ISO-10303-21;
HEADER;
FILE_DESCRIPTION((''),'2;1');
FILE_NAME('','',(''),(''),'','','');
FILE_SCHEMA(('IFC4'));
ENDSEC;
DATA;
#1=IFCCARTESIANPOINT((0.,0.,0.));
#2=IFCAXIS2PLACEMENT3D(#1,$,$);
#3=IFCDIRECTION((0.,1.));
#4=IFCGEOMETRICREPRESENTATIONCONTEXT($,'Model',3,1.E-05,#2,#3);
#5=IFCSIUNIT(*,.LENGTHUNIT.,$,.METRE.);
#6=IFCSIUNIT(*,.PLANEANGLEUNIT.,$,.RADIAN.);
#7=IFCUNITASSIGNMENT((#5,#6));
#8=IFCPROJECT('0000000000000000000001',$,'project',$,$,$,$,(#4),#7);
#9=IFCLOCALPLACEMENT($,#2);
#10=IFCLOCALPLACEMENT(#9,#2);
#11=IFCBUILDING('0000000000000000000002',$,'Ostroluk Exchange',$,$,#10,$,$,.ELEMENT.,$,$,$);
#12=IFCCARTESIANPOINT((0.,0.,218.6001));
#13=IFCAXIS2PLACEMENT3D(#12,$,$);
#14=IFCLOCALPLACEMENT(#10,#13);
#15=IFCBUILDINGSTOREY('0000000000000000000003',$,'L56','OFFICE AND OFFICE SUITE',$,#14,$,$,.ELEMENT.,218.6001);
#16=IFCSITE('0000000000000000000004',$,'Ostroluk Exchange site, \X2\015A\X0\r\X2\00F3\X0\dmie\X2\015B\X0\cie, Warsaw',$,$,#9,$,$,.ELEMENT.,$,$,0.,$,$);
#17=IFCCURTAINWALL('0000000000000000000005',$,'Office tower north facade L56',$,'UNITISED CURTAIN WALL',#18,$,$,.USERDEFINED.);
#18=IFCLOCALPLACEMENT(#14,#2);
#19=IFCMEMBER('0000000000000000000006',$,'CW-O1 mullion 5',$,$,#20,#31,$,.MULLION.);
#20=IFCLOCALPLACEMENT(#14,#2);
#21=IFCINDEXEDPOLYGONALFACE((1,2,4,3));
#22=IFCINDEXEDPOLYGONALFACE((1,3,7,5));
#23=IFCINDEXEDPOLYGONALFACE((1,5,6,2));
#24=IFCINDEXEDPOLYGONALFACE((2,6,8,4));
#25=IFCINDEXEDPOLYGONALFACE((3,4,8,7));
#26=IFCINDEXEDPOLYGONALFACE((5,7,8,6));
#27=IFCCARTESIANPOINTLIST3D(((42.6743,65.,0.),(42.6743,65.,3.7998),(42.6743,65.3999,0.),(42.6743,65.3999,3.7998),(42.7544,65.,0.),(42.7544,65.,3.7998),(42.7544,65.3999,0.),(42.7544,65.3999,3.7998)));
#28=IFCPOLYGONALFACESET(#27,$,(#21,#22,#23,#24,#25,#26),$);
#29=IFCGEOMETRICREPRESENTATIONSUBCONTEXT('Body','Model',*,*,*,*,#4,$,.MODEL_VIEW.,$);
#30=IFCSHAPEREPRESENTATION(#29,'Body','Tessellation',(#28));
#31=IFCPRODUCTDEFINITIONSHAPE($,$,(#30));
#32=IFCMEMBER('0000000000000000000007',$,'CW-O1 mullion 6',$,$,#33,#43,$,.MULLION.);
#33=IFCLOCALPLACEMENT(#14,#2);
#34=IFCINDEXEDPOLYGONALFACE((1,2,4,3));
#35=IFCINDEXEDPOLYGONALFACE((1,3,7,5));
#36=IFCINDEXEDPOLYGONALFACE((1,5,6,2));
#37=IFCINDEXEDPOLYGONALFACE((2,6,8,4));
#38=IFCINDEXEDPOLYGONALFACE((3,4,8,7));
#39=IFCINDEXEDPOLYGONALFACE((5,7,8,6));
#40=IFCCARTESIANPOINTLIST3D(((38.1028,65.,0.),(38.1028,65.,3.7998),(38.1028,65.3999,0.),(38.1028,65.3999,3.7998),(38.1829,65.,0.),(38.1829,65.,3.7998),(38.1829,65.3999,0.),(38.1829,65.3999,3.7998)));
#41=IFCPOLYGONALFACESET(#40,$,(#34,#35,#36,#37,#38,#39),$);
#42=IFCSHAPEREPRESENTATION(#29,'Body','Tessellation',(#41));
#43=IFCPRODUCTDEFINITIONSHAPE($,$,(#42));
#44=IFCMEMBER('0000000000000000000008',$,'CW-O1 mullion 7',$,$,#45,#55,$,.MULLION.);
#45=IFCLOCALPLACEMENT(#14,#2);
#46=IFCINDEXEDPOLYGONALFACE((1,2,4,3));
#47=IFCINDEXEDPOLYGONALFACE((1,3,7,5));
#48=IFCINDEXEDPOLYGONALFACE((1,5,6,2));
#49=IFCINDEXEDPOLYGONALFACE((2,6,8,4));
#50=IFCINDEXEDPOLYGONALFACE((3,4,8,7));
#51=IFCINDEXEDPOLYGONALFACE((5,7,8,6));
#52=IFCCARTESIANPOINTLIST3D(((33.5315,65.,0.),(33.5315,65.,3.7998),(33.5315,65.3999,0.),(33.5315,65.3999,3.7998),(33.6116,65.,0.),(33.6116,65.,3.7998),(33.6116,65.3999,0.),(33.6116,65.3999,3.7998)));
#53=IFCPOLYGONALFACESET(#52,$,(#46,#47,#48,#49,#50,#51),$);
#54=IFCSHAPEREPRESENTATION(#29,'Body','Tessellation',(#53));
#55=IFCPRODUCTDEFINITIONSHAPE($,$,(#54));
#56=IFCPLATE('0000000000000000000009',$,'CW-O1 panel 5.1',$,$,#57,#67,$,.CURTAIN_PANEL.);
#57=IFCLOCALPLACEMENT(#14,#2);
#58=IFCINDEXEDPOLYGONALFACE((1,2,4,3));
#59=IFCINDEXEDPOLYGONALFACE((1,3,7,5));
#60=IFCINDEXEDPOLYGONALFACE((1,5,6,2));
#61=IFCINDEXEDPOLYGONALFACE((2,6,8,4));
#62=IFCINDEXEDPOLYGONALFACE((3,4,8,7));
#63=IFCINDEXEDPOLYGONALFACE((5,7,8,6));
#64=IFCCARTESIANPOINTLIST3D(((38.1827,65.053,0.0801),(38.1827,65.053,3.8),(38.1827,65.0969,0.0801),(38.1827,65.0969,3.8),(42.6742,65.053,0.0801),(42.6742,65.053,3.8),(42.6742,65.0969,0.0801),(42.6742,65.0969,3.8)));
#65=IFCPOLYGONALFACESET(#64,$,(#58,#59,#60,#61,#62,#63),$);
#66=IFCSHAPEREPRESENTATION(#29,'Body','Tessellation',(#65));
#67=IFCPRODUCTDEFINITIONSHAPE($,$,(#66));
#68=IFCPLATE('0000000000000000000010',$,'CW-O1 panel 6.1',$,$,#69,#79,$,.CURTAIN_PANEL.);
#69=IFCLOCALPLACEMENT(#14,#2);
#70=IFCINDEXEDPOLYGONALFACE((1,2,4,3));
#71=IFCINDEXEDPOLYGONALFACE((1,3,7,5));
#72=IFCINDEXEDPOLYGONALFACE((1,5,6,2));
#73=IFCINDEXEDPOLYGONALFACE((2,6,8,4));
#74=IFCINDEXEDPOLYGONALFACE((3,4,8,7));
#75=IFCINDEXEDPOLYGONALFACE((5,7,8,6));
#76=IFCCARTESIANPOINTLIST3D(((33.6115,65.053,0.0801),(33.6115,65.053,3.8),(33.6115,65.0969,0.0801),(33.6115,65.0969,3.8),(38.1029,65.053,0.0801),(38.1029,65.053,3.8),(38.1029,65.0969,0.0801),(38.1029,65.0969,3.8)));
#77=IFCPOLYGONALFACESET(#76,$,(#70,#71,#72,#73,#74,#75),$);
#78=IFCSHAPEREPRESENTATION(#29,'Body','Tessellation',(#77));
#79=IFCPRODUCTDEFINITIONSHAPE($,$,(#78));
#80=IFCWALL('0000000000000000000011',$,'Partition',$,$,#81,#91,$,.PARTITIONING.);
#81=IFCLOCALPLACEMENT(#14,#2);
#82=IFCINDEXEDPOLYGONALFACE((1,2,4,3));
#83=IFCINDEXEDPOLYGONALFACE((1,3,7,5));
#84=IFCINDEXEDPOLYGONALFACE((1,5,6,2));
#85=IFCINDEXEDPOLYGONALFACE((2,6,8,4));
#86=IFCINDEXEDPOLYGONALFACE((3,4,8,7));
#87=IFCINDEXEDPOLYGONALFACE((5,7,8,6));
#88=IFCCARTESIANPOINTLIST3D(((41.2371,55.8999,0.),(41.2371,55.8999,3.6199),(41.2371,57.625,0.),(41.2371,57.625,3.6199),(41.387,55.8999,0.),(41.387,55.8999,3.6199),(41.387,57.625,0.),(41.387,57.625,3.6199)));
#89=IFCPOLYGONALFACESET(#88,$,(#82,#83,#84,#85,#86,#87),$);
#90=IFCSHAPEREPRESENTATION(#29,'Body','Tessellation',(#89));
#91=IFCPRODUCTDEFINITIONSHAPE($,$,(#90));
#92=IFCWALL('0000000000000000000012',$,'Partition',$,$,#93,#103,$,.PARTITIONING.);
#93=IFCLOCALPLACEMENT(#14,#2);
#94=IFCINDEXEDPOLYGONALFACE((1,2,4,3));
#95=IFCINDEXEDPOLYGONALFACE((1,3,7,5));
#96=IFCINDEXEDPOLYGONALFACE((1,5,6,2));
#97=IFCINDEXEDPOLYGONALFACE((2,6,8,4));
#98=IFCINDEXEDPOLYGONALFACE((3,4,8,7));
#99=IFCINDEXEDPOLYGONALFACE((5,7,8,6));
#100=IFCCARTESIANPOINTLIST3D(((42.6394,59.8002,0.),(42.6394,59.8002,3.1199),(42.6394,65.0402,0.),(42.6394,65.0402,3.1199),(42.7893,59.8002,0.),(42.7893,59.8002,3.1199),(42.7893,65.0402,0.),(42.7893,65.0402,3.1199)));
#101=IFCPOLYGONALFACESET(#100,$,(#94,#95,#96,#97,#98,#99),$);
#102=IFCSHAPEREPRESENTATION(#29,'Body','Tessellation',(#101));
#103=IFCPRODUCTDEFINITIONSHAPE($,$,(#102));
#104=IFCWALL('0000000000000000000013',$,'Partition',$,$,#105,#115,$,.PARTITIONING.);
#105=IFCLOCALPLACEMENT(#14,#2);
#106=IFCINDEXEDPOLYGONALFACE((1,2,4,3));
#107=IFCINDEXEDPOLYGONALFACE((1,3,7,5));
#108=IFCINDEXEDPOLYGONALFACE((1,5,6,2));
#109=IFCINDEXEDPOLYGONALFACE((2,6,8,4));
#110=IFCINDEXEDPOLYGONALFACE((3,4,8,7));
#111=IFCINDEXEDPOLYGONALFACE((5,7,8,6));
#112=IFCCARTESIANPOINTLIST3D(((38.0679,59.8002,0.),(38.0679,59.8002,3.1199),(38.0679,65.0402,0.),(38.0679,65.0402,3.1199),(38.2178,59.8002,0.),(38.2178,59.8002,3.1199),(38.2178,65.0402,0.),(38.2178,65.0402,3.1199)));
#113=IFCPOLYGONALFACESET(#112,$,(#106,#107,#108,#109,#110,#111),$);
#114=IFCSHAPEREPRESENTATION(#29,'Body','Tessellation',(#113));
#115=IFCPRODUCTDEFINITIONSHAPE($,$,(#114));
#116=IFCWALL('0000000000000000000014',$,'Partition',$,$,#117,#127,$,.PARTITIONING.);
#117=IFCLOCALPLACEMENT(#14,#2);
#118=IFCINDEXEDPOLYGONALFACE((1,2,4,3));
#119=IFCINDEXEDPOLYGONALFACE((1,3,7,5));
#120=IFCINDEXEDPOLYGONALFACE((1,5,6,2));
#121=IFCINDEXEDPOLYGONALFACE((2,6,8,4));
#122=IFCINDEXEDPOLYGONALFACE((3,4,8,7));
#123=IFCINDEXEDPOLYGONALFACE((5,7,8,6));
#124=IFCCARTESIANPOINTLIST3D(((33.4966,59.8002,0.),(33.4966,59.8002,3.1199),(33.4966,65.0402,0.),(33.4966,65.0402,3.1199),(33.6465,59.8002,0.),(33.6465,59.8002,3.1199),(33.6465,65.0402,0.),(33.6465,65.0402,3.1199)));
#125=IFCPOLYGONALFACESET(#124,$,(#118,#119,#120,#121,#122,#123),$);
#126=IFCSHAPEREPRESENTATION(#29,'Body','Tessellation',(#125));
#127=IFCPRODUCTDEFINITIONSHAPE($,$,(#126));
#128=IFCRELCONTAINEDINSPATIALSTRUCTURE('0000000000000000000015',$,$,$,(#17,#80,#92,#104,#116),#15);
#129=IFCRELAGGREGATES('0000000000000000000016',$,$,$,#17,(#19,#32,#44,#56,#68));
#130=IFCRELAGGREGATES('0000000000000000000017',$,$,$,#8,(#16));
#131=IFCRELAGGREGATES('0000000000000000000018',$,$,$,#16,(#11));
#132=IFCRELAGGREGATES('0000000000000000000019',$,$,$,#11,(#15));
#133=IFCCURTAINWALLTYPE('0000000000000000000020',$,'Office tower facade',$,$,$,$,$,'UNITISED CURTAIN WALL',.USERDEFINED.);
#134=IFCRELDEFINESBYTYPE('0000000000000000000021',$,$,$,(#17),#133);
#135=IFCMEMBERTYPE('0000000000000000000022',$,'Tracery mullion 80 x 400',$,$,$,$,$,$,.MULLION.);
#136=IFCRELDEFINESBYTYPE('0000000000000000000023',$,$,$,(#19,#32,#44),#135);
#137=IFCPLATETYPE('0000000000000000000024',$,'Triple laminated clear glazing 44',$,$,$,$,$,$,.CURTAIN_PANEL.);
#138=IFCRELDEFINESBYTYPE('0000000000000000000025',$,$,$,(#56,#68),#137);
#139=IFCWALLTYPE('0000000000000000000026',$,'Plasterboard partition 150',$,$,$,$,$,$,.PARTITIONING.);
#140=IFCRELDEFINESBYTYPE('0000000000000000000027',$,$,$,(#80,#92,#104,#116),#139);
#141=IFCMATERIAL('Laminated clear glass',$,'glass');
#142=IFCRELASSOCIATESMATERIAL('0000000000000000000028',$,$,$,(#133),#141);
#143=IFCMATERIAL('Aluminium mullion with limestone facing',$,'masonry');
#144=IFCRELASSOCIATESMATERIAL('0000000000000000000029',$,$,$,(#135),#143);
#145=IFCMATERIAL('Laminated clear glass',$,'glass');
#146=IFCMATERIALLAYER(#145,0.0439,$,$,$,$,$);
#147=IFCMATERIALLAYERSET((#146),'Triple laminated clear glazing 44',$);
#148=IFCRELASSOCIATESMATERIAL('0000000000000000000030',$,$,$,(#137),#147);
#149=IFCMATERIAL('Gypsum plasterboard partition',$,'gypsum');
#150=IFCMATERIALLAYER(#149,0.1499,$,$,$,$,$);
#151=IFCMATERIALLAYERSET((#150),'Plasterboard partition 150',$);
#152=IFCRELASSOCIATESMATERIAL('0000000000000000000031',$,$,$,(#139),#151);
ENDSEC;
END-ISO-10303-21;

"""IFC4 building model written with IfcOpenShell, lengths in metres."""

from ifc_helpers import new_model, si_unit, direction, frame, frame_2d, origin, origin_2d, place, context, subcontext, project, spatial, rectangle, extrude, material, layer, layer_set, material_profile, profile_set, type_object, element, aggregate, save


model = new_model("IFC4")

# Units and contexts
model_context = context("Model", 3, precision=1e-05, world=origin(), true_north=direction((0.0, 1.0)))
body_context = subcontext(model_context, "Body", "Model", "MODEL_VIEW")
ifc_project = project(units=[si_unit("LENGTHUNIT", "METRE"), si_unit("PLANEANGLEUNIT", "RADIAN")], contexts=[model_context])

# Site, building, storey
site_placement = place(None, origin())
site = spatial("IfcSite", under=ifc_project, at=site_placement, Name="Ostroluk Exchange site, Śródmieście, Warsaw", CompositionType="ELEMENT", RefElevation=0.0)
building_placement = place(site_placement, origin())
building = spatial("IfcBuilding", under=site, at=building_placement, Name="Ostroluk Exchange", CompositionType="ELEMENT")
storey_placement = place(building_placement, frame((0.0, 0.0, 218.6001)))
storey = spatial("IfcBuildingStorey", under=building, at=storey_placement, Name="L56", Description="OFFICE AND OFFICE SUITE", CompositionType="ELEMENT", Elevation=218.6001)

# Curtain wall, members, plates
ifc_material_1 = material(Name="Laminated clear glass", Category="glass")
curtain_wall_type = type_object("IfcCurtainWallType", Name="Office tower facade", ElementType="UNITISED CURTAIN WALL", PredefinedType="USERDEFINED", material=ifc_material_1)
curtain_wall_placement = place(storey_placement, origin())
curtain_wall = element("IfcCurtainWall", 1, at=curtain_wall_placement, inside=storey, type_object=curtain_wall_type, Name="Office tower north facade L56", ObjectType="UNITISED CURTAIN WALL", PredefinedType="USERDEFINED")
ifc_material_2 = material(Name="Aluminium mullion with limestone facing", Category="masonry")
ifc_material_profile_1 = material_profile(ifc_material_2, rectangle(XDim=0.3999, YDim=0.0801, at=origin_2d()), Name="Tracery mullion 80 x 400")
ifc_profile_set_1 = profile_set([ifc_material_profile_1], Name="Aluminium mullion with limestone facing")
member_type_1 = type_object("IfcMemberType", Name="Tracery mullion 80 x 400", PredefinedType="MULLION", material=ifc_profile_set_1)
member_1_placement = place(storey_placement, frame((42.7144, 65.2, 0.0), z_axis=(0.0, 0.0, 1.0), x_axis=(0.0, -1.0, 0.0)))
member_1 = element("IfcMember", 2, at=member_1_placement, type_object=member_type_1, Name="CW-O1 mullion 5", PredefinedType="MULLION", context=body_context, shape_type="SweptSolid", body=[
    extrude(rectangle(XDim=0.3999, YDim=0.0801, at=origin_2d()), origin(), (0.0, 0.0, 1.0), 3.7998),
])
member_2_placement = place(storey_placement, frame((38.1428, 65.2, 0.0), z_axis=(0.0, 0.0, 1.0), x_axis=(0.0, -1.0, 0.0)))
member_2 = element("IfcMember", 3, at=member_2_placement, type_object=member_type_1, Name="CW-O1 mullion 6", PredefinedType="MULLION", context=body_context, shape_type="SweptSolid", body=[
    extrude(rectangle(XDim=0.3999, YDim=0.0801, at=origin_2d()), origin(), (0.0, 0.0, 1.0), 3.7998),
])
member_3_placement = place(storey_placement, frame((33.5715, 65.2, 0.0), z_axis=(0.0, 0.0, 1.0), x_axis=(0.0, -1.0, 0.0)))
member_3 = element("IfcMember", 4, at=member_3_placement, type_object=member_type_1, Name="CW-O1 mullion 7", PredefinedType="MULLION", context=body_context, shape_type="SweptSolid", body=[
    extrude(rectangle(XDim=0.3999, YDim=0.0801, at=origin_2d()), origin(), (0.0, 0.0, 1.0), 3.7998),
])
ifc_material_3 = material(Name="Laminated clear glass", Category="glass")
ifc_layer_1 = layer(ifc_material_3, 0.0439)
ifc_layer_set_1 = layer_set([ifc_layer_1], Name="Triple laminated clear glazing 44")
plate_type = type_object("IfcPlateType", Name="Triple laminated clear glazing 44", PredefinedType="CURTAIN_PANEL", material=ifc_layer_set_1)
plate_1_placement = place(storey_placement, frame((40.4285, 65.075, 0.0801), z_axis=(0.0, 0.0, 1.0), x_axis=(-1.0, 0.0, 0.0)))
plate_1 = element("IfcPlate", 5, at=plate_1_placement, type_object=plate_type, Name="CW-O1 panel 5.1", PredefinedType="CURTAIN_PANEL", context=body_context, shape_type="SweptSolid", body=[
    extrude(rectangle(XDim=4.4915, YDim=0.0439, at=origin_2d()), origin(), (0.0, 0.0, 1.0), 3.72),
])
plate_2_placement = place(storey_placement, frame((35.8572, 65.075, 0.0801), z_axis=(0.0, 0.0, 1.0), x_axis=(-1.0, 0.0, 0.0)))
plate_2 = element("IfcPlate", 6, at=plate_2_placement, type_object=plate_type, Name="CW-O1 panel 6.1", PredefinedType="CURTAIN_PANEL", context=body_context, shape_type="SweptSolid", body=[
    extrude(rectangle(XDim=4.4915, YDim=0.0439, at=origin_2d()), origin(), (0.0, 0.0, 1.0), 3.72),
])
aggregate(curtain_wall, [member_1, member_2, member_3, plate_1, plate_2])

# Walls
ifc_material_4 = material(Name="Gypsum plasterboard partition", Category="gypsum")
ifc_layer_2 = layer(ifc_material_4, 0.1499)
ifc_layer_set_2 = layer_set([ifc_layer_2], Name="Plasterboard partition 150")
wall_type = type_object("IfcWallType", Name="Plasterboard partition 150", PredefinedType="PARTITIONING", material=ifc_layer_set_2)
wall_placement = place(storey_placement, frame((41.312, 55.8999, 0.0), z_axis=(0.0, 0.0, 1.0), x_axis=(0.0, 1.0, 0.0)))
element("IfcWall", 7, at=wall_placement, inside=storey, type_object=wall_type, Name="Partition", PredefinedType="PARTITIONING", context=body_context, shape_type="SweptSolid", body=[
    extrude(rectangle(XDim=1.7251, YDim=0.1499, at=frame_2d((0.8625, 0.0))), origin(), (0.0, 0.0, 1.0), 3.6199),
])
for number, where, z_axis, x_axis, name in (
    (8, (42.7144, 59.8, 0.0), (0.0, 0.0, 1.0), (0.0, 1.0, 0.0), "Partition"),
    (9, (38.1428, 59.8, 0.0), (0.0, 0.0, 1.0), (0.0, 1.0, 0.0), "Partition"),
    (10, (33.5715, 59.8, 0.0), (0.0, 0.0, 1.0), (0.0, 1.0, 0.0), "Partition"),
):
    element("IfcWall", number, at=place(storey_placement, frame(where, z_axis=z_axis, x_axis=x_axis)), inside=storey, type_object=wall_type, Name=name, PredefinedType="PARTITIONING", context=body_context, shape_type="SweptSolid", body=[
        extrude(rectangle(XDim=5.24, YDim=0.1499, at=frame_2d((2.6201, 0.0))), origin(), (0.0, 0.0, 1.0), 3.1199),
    ])

save(model, "model.ifc")
